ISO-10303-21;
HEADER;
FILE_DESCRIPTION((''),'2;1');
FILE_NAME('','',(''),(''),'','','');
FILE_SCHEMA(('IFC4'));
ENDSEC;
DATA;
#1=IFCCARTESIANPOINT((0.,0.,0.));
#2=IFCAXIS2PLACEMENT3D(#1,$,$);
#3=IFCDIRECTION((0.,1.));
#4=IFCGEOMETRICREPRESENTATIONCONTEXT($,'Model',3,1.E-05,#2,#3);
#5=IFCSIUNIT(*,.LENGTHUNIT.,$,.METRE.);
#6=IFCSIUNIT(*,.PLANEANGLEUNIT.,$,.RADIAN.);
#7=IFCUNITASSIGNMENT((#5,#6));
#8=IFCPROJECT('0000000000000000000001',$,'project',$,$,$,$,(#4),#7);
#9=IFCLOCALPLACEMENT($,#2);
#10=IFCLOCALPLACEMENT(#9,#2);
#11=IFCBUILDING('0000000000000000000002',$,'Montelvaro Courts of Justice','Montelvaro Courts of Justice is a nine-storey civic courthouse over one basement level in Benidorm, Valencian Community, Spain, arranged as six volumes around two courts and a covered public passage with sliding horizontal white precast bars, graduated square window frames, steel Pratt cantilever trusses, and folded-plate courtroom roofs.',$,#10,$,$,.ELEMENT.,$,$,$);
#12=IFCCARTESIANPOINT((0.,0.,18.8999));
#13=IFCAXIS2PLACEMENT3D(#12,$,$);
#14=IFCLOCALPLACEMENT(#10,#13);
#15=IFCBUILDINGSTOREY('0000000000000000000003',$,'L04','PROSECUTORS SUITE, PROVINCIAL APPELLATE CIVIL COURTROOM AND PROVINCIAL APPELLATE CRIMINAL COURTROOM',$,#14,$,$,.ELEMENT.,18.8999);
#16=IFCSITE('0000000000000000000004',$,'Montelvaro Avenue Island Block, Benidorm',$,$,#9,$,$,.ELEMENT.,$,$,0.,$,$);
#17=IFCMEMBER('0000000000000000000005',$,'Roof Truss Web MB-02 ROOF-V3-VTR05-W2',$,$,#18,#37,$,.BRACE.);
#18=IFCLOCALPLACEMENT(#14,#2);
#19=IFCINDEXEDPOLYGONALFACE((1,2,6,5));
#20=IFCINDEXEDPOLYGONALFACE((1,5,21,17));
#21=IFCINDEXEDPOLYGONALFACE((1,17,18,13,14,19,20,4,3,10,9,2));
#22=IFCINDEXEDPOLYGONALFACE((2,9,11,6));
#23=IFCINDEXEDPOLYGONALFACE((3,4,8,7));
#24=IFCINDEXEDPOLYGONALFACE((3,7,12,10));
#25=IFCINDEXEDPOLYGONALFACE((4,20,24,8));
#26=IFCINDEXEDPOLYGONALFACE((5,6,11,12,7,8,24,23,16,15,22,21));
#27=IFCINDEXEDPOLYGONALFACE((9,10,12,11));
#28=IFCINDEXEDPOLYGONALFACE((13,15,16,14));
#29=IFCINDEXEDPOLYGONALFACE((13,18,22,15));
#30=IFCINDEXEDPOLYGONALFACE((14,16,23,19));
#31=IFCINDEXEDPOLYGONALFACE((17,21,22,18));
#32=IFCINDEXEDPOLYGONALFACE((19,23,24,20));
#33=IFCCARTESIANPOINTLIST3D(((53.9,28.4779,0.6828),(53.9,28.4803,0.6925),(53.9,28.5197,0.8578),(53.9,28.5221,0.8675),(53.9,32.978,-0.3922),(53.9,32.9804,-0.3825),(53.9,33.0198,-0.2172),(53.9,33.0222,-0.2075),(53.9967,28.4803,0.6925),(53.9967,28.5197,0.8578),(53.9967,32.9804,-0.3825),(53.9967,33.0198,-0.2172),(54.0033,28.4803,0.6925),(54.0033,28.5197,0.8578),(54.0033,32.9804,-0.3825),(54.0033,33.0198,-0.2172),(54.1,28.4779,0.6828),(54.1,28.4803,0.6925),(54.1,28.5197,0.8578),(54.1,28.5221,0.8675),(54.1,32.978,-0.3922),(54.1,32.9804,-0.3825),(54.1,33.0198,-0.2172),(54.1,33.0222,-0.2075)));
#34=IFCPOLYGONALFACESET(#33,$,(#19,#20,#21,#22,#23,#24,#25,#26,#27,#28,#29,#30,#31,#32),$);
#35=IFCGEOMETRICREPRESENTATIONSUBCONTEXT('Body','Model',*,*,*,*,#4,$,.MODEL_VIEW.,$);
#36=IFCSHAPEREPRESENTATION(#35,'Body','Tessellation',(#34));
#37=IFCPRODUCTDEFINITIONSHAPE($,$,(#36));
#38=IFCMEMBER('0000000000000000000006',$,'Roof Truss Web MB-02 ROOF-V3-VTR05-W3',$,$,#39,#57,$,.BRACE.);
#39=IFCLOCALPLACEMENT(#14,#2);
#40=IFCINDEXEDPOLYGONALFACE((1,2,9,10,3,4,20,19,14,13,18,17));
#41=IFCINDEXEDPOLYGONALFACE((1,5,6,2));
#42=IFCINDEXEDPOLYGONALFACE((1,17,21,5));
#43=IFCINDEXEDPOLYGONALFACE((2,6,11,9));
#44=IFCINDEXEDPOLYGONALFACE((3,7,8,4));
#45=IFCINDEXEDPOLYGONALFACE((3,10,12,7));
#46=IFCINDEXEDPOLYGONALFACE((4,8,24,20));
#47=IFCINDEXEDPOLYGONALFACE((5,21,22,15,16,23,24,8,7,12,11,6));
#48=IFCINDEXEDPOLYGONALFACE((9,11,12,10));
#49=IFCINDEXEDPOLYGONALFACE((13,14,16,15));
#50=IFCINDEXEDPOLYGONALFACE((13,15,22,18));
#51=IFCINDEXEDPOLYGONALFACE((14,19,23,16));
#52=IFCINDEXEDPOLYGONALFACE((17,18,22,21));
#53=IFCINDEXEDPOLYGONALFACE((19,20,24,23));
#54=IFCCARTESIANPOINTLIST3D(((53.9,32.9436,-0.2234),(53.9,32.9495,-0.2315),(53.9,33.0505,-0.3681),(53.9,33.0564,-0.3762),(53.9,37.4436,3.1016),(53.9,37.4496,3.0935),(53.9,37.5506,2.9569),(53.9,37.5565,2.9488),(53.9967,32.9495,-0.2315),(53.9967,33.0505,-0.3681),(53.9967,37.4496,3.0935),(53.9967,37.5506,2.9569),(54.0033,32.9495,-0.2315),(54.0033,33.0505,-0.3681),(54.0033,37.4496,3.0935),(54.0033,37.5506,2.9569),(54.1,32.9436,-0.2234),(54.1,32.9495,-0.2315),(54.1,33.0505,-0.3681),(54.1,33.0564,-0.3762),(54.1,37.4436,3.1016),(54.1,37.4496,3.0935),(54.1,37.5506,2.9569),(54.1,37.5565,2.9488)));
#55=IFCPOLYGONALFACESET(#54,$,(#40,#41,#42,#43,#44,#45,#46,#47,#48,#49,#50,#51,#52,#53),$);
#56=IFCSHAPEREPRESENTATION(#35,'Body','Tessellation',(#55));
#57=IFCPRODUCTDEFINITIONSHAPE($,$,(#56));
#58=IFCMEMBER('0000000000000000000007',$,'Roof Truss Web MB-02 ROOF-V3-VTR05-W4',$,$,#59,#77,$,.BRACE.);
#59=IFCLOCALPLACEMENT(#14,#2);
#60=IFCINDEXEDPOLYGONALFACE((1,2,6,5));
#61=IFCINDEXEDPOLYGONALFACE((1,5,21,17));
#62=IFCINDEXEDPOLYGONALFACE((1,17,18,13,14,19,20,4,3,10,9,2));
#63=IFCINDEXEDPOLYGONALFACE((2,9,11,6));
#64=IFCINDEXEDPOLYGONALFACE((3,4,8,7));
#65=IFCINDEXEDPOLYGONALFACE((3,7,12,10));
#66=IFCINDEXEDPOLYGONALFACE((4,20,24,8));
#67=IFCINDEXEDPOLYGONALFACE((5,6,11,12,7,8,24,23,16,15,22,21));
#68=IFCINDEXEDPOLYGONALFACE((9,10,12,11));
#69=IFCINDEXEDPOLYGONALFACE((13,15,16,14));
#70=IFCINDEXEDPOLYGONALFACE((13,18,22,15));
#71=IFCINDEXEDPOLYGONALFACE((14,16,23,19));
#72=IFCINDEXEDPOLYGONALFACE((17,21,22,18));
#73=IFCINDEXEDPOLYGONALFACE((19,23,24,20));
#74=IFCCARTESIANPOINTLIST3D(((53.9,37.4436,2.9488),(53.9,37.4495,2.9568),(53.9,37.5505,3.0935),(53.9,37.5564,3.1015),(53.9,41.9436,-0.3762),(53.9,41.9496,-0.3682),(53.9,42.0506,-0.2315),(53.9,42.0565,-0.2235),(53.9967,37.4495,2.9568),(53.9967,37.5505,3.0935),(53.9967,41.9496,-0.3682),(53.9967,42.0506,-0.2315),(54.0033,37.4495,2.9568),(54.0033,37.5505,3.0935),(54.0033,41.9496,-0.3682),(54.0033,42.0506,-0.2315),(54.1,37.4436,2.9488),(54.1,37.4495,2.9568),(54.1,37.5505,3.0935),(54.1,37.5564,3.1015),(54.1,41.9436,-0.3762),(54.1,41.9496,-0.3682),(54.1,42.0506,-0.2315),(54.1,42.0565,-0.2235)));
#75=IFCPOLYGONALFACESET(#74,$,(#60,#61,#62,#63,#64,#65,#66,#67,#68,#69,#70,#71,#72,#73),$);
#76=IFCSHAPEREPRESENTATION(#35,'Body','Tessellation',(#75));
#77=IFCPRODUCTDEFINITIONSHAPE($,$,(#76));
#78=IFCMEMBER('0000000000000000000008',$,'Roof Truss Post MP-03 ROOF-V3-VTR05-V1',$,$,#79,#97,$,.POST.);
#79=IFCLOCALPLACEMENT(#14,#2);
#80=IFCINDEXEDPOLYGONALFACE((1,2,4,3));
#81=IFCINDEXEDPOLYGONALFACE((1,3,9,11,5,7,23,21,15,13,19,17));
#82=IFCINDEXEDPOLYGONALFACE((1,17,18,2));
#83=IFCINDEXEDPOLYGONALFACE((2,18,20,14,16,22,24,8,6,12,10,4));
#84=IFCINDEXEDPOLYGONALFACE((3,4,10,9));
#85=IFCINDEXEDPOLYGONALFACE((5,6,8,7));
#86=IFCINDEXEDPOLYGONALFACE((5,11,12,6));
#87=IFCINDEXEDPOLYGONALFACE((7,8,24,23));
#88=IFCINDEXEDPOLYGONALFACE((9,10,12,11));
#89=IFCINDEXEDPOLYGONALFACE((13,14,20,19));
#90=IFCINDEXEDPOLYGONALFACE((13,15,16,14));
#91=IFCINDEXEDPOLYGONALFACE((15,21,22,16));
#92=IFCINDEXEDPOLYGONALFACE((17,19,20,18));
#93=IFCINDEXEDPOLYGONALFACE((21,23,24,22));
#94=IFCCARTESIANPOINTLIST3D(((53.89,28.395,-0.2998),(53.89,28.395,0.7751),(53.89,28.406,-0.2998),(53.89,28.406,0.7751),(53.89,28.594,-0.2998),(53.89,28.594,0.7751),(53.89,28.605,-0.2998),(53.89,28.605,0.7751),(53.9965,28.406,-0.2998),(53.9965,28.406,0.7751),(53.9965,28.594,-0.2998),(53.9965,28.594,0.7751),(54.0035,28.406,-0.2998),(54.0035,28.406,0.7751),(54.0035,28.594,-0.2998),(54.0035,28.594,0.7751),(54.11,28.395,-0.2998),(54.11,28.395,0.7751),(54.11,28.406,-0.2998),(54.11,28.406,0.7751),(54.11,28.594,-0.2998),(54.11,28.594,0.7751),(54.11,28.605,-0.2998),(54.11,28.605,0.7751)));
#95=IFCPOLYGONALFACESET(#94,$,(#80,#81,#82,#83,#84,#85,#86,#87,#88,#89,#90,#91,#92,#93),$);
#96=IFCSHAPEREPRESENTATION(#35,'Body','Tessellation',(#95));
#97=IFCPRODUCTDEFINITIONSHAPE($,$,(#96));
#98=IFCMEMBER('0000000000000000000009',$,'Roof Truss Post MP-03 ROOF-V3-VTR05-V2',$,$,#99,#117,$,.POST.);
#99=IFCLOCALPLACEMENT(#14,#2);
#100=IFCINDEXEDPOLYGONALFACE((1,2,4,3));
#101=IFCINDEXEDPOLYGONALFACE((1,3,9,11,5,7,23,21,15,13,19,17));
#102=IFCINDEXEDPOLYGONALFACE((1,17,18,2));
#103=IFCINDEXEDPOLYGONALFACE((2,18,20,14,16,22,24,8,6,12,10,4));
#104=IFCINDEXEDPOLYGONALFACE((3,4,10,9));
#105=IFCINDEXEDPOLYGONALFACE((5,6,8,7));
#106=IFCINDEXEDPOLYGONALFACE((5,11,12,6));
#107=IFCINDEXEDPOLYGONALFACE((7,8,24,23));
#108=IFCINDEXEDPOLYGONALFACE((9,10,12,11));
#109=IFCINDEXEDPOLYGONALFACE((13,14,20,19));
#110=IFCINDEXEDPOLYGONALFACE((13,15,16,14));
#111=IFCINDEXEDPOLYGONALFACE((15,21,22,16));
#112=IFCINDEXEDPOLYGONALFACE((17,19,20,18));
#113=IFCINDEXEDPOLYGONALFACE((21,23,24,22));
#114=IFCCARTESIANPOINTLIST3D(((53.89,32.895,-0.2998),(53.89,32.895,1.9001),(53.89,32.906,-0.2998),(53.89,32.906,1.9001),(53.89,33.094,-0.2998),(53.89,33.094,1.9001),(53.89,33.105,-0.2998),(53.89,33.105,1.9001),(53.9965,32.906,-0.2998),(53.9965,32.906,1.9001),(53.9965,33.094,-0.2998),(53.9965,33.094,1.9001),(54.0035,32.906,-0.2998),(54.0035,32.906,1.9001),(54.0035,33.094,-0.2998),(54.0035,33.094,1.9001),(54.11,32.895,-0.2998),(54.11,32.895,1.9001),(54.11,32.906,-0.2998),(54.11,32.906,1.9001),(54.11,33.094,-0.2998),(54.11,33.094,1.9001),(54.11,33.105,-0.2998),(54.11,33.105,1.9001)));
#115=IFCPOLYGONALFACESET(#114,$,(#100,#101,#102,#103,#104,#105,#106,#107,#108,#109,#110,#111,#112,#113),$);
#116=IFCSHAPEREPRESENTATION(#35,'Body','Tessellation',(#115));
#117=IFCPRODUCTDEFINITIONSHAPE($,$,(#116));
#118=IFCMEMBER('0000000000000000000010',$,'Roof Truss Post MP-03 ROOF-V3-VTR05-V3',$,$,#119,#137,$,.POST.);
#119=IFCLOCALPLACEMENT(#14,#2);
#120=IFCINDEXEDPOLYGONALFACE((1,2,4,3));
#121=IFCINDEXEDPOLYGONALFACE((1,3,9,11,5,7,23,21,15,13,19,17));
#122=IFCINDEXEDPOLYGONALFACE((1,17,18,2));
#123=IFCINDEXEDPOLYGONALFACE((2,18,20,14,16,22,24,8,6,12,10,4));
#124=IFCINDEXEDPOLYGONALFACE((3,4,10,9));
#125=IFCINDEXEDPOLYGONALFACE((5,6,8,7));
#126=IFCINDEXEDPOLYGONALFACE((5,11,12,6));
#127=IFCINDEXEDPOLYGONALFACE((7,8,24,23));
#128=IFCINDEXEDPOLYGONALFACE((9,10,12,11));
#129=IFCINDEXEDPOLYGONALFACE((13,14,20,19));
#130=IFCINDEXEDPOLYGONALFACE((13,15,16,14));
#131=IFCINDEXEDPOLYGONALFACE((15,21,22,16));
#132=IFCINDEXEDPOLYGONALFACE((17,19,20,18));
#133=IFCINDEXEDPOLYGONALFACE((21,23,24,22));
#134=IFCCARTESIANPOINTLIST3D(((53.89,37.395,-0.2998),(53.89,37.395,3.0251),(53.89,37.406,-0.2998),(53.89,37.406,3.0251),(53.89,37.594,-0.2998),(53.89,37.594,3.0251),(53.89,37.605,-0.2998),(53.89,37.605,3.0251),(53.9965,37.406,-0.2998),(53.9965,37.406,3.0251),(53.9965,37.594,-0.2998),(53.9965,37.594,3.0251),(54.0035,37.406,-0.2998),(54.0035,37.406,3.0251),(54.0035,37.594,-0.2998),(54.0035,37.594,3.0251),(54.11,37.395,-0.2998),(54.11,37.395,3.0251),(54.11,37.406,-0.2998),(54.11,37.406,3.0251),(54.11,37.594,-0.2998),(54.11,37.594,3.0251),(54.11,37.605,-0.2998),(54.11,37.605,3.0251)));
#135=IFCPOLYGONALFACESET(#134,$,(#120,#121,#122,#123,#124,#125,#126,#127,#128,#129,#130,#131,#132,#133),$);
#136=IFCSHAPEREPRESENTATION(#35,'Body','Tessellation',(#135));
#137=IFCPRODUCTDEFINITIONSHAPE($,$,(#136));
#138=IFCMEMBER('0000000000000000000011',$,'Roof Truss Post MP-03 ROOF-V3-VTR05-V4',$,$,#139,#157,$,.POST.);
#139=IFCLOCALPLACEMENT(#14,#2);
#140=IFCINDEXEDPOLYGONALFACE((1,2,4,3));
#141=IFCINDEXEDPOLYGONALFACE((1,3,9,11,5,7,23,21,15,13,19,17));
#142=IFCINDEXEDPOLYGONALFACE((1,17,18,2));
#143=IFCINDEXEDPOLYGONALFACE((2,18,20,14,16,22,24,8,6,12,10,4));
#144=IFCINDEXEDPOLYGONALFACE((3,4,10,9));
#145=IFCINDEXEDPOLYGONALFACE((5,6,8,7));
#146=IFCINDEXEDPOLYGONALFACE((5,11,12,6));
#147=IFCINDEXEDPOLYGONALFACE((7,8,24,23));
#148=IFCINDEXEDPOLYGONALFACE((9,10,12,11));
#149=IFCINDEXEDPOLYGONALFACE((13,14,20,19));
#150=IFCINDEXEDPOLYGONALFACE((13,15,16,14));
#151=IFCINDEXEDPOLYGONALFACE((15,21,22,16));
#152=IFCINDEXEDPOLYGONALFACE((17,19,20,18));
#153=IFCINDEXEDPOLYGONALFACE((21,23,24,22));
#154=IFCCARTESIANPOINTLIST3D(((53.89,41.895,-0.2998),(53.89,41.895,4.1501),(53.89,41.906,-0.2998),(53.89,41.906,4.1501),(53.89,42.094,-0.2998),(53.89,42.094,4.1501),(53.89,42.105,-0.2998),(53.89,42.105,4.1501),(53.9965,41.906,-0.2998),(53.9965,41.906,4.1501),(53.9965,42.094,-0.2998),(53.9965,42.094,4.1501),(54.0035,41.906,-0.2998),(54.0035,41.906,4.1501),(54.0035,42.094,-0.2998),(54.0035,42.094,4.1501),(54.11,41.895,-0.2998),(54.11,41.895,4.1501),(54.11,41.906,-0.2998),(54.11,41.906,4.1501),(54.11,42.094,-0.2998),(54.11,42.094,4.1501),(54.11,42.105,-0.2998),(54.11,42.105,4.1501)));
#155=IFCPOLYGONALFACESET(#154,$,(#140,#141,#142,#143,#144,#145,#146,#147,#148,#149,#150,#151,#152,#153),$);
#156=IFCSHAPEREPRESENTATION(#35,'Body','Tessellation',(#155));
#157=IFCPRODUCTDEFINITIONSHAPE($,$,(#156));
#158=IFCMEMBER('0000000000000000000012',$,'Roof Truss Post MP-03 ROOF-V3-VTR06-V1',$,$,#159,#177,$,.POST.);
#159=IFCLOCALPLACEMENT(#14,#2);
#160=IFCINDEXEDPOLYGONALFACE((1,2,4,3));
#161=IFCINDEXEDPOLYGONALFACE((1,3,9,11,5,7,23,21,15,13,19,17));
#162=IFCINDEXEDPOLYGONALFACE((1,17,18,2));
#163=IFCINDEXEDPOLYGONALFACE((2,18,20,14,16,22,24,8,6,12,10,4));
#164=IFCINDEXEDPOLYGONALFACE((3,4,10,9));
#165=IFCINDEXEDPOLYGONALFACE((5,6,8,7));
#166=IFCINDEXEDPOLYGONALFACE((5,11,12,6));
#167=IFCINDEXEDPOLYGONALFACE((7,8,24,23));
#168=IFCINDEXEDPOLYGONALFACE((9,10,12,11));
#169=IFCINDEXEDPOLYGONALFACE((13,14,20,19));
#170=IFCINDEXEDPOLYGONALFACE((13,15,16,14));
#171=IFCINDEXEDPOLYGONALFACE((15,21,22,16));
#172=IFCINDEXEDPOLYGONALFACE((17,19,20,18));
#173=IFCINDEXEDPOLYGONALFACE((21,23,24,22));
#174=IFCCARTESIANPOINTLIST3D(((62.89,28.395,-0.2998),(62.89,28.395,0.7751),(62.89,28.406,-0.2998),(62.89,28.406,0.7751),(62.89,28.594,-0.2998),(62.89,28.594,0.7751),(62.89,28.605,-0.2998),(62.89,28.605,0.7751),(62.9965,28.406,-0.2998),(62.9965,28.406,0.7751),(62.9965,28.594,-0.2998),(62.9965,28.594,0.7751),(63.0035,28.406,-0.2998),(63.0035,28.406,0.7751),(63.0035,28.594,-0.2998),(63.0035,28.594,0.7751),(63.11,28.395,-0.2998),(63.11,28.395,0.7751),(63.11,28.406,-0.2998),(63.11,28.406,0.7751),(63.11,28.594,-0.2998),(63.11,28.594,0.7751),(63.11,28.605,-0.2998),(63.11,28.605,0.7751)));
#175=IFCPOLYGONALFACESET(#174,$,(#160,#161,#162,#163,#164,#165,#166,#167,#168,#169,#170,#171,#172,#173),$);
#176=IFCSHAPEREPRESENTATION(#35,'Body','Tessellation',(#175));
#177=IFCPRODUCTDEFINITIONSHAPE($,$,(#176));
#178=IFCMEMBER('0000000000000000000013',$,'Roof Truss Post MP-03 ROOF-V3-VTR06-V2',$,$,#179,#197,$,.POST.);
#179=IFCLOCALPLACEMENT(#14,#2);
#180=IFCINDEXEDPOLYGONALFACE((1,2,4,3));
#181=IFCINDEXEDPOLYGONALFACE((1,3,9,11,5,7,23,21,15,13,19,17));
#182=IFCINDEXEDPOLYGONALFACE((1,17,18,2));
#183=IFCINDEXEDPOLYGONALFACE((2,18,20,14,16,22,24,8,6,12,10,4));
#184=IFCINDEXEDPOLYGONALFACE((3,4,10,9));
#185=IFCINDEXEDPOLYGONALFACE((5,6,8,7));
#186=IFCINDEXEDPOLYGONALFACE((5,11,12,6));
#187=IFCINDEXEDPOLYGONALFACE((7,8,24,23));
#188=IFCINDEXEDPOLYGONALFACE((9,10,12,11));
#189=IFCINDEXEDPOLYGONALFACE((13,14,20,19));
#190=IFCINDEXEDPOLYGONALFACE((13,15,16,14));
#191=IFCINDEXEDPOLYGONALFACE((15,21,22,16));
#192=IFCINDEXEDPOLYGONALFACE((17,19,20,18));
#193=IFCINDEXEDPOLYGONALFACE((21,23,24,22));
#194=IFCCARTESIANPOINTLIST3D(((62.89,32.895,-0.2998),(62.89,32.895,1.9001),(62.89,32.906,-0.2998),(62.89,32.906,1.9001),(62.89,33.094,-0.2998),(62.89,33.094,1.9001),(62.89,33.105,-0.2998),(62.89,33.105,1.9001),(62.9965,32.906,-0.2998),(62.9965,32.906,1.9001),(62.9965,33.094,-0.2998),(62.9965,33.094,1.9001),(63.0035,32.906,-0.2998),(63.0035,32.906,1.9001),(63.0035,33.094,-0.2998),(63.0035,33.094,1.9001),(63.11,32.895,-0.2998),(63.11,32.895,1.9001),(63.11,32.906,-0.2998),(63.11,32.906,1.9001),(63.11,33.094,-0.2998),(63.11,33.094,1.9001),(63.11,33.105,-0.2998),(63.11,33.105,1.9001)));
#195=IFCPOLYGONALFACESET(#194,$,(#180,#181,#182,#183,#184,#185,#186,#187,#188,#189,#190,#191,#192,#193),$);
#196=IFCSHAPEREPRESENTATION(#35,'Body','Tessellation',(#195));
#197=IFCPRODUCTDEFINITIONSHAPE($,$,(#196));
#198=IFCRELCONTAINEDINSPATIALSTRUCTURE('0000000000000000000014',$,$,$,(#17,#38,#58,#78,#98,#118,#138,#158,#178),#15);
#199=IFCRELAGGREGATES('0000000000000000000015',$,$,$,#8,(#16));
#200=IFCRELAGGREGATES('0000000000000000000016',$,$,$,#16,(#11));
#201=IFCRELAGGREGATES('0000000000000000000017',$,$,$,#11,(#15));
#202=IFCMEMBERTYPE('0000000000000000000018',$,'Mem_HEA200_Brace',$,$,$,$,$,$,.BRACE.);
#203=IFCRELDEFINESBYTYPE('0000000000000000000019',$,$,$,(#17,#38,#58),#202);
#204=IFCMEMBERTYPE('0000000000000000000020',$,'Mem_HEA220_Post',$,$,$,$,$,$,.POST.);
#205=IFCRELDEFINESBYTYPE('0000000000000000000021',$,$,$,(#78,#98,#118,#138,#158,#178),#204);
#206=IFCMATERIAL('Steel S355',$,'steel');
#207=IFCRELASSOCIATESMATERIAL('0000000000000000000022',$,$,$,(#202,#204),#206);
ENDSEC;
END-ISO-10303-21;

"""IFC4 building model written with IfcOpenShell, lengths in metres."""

from ifc_helpers import new_model, si_unit, direction, frame, origin, origin_2d, place, context, subcontext, project, spatial, i_section, extrude, material, material_profile, profile_set, type_object, element, save


model = new_model("IFC4")

# Units and contexts
model_context = context("Model", 3, precision=1e-05, world=origin(), true_north=direction((0.0, 1.0)))
body_context = subcontext(model_context, "Body", "Model", "MODEL_VIEW")
ifc_project = project(units=[si_unit("LENGTHUNIT", "METRE"), si_unit("PLANEANGLEUNIT", "RADIAN")], contexts=[model_context])

# Site, building, storey
site_placement = place(None, origin())
site = spatial("IfcSite", under=ifc_project, at=site_placement, Name="Montelvaro Avenue Island Block, Benidorm", CompositionType="ELEMENT", RefElevation=0.0)
building_placement = place(site_placement, origin())
building = spatial("IfcBuilding", under=site, at=building_placement, Name="Montelvaro Courts of Justice", Description="Montelvaro Courts of Justice is a nine-storey civic courthouse over one basement level in Benidorm, Valencian Community, Spain, arranged as six volumes around two courts and a covered public passage with sliding horizontal white precast bars, graduated square window frames, steel Pratt cantilever trusses, and folded-plate courtroom roofs.", CompositionType="ELEMENT")
storey_placement = place(building_placement, frame((0.0, 0.0, 18.8999)))
storey = spatial("IfcBuildingStorey", under=building, at=storey_placement, Name="L04", Description="PROSECUTORS SUITE, PROVINCIAL APPELLATE CIVIL COURTROOM AND PROVINCIAL APPELLATE CRIMINAL COURTROOM", CompositionType="ELEMENT", Elevation=18.8999)

# Members
ifc_material_1 = material(Name="Steel S355", Category="steel")
ifc_material_profile_1 = material_profile(ifc_material_1, i_section(OverallWidth=0.2, OverallDepth=0.1899, WebThickness=0.0066, FlangeThickness=0.01, at=origin_2d()), Name="HEA 200")
ifc_profile_set_1 = profile_set([ifc_material_profile_1], Name="Steel S355")
member_type_1 = type_object("IfcMemberType", Name="Mem_HEA200_Brace", PredefinedType="BRACE", material=ifc_profile_set_1)
member_1_placement = place(storey_placement, frame((54.0, 28.5, 0.7751), z_axis=(0.0, 0.972634, -0.232341), x_axis=(-1.0, 0.0, 0.0)))
element("IfcMember", 1, at=member_1_placement, inside=storey, type_object=member_type_1, Name="Roof Truss Web MB-02 ROOF-V3-VTR05-W2", PredefinedType="BRACE", context=body_context, shape_type="SweptSolid", body=[
    extrude(i_section(OverallWidth=0.2, OverallDepth=0.1899, WebThickness=0.0066, FlangeThickness=0.01, at=origin_2d()), origin(), (0.0, 0.0, 1.0), 4.6267),
])
for number, where, z_axis, x_axis, name in (
    (2, (54.0, 33.0, -0.2998), (0.0, 0.804273, 0.59426), (-1.0, 0.0, 0.0), "Roof Truss Web MB-02 ROOF-V3-VTR05-W3"),
    (3, (54.0, 37.5, 3.0251), (0.0, 0.804273, -0.59426), (-1.0, 0.0, 0.0), "Roof Truss Web MB-02 ROOF-V3-VTR05-W4"),
):
    element("IfcMember", number, at=place(storey_placement, frame(where, z_axis=z_axis, x_axis=x_axis)), inside=storey, type_object=member_type_1, Name=name, PredefinedType="BRACE", context=body_context, shape_type="SweptSolid", body=[
        extrude(i_section(OverallWidth=0.2, OverallDepth=0.1899, WebThickness=0.0066, FlangeThickness=0.01, at=origin_2d()), origin(), (0.0, 0.0, 1.0), 5.5952),
    ])
ifc_material_profile_2 = material_profile(ifc_material_1, i_section(OverallWidth=0.22, OverallDepth=0.21, WebThickness=0.0071, FlangeThickness=0.011, at=origin_2d()), Name="HEA 220")
ifc_profile_set_2 = profile_set([ifc_material_profile_2], Name="Steel S355")
member_type_2 = type_object("IfcMemberType", Name="Mem_HEA220_Post", PredefinedType="POST", material=ifc_profile_set_2)
member_2_placement = place(storey_placement, frame((54.0, 28.5, -0.2998), z_axis=(0.0, 0.0, 1.0), x_axis=(1.0, 0.0, 0.0)))
element("IfcMember", 4, at=member_2_placement, inside=storey, type_object=member_type_2, Name="Roof Truss Post MP-03 ROOF-V3-VTR05-V1", PredefinedType="POST", context=body_context, shape_type="SweptSolid", body=[
    extrude(i_section(OverallWidth=0.22, OverallDepth=0.21, WebThickness=0.0071, FlangeThickness=0.011, at=origin_2d()), origin(), (0.0, 0.0, 1.0), 1.075),
])
member_3_placement = place(storey_placement, frame((54.0, 33.0, -0.2998), z_axis=(0.0, 0.0, 1.0), x_axis=(1.0, 0.0, 0.0)))
element("IfcMember", 5, at=member_3_placement, inside=storey, type_object=member_type_2, Name="Roof Truss Post MP-03 ROOF-V3-VTR05-V2", PredefinedType="POST", context=body_context, shape_type="SweptSolid", body=[
    extrude(i_section(OverallWidth=0.22, OverallDepth=0.21, WebThickness=0.0071, FlangeThickness=0.011, at=origin_2d()), origin(), (0.0, 0.0, 1.0), 2.2),
])
member_4_placement = place(storey_placement, frame((54.0, 37.5, -0.2998), z_axis=(0.0, 0.0, 1.0), x_axis=(1.0, 0.0, 0.0)))
element("IfcMember", 6, at=member_4_placement, inside=storey, type_object=member_type_2, Name="Roof Truss Post MP-03 ROOF-V3-VTR05-V3", PredefinedType="POST", context=body_context, shape_type="SweptSolid", body=[
    extrude(i_section(OverallWidth=0.22, OverallDepth=0.21, WebThickness=0.0071, FlangeThickness=0.011, at=origin_2d()), origin(), (0.0, 0.0, 1.0), 3.325),
])
member_5_placement = place(storey_placement, frame((54.0, 42.0, -0.2998), z_axis=(0.0, 0.0, 1.0), x_axis=(1.0, 0.0, 0.0)))
element("IfcMember", 7, at=member_5_placement, inside=storey, type_object=member_type_2, Name="Roof Truss Post MP-03 ROOF-V3-VTR05-V4", PredefinedType="POST", context=body_context, shape_type="SweptSolid", body=[
    extrude(i_section(OverallWidth=0.22, OverallDepth=0.21, WebThickness=0.0071, FlangeThickness=0.011, at=origin_2d()), origin(), (0.0, 0.0, 1.0), 4.45),
])
member_6_placement = place(storey_placement, frame((63.0, 28.5, -0.2998), z_axis=(0.0, 0.0, 1.0), x_axis=(1.0, 0.0, 0.0)))
element("IfcMember", 8, at=member_6_placement, inside=storey, type_object=member_type_2, Name="Roof Truss Post MP-03 ROOF-V3-VTR06-V1", PredefinedType="POST", context=body_context, shape_type="SweptSolid", body=[
    extrude(i_section(OverallWidth=0.22, OverallDepth=0.21, WebThickness=0.0071, FlangeThickness=0.011, at=origin_2d()), origin(), (0.0, 0.0, 1.0), 1.075),
])
member_7_placement = place(storey_placement, frame((63.0, 33.0, -0.2998), z_axis=(0.0, 0.0, 1.0), x_axis=(1.0, 0.0, 0.0)))
element("IfcMember", 9, at=member_7_placement, inside=storey, type_object=member_type_2, Name="Roof Truss Post MP-03 ROOF-V3-VTR06-V2", PredefinedType="POST", context=body_context, shape_type="SweptSolid", body=[
    extrude(i_section(OverallWidth=0.22, OverallDepth=0.21, WebThickness=0.0071, FlangeThickness=0.011, at=origin_2d()), origin(), (0.0, 0.0, 1.0), 2.2),
])

save(model, "model.ifc")
